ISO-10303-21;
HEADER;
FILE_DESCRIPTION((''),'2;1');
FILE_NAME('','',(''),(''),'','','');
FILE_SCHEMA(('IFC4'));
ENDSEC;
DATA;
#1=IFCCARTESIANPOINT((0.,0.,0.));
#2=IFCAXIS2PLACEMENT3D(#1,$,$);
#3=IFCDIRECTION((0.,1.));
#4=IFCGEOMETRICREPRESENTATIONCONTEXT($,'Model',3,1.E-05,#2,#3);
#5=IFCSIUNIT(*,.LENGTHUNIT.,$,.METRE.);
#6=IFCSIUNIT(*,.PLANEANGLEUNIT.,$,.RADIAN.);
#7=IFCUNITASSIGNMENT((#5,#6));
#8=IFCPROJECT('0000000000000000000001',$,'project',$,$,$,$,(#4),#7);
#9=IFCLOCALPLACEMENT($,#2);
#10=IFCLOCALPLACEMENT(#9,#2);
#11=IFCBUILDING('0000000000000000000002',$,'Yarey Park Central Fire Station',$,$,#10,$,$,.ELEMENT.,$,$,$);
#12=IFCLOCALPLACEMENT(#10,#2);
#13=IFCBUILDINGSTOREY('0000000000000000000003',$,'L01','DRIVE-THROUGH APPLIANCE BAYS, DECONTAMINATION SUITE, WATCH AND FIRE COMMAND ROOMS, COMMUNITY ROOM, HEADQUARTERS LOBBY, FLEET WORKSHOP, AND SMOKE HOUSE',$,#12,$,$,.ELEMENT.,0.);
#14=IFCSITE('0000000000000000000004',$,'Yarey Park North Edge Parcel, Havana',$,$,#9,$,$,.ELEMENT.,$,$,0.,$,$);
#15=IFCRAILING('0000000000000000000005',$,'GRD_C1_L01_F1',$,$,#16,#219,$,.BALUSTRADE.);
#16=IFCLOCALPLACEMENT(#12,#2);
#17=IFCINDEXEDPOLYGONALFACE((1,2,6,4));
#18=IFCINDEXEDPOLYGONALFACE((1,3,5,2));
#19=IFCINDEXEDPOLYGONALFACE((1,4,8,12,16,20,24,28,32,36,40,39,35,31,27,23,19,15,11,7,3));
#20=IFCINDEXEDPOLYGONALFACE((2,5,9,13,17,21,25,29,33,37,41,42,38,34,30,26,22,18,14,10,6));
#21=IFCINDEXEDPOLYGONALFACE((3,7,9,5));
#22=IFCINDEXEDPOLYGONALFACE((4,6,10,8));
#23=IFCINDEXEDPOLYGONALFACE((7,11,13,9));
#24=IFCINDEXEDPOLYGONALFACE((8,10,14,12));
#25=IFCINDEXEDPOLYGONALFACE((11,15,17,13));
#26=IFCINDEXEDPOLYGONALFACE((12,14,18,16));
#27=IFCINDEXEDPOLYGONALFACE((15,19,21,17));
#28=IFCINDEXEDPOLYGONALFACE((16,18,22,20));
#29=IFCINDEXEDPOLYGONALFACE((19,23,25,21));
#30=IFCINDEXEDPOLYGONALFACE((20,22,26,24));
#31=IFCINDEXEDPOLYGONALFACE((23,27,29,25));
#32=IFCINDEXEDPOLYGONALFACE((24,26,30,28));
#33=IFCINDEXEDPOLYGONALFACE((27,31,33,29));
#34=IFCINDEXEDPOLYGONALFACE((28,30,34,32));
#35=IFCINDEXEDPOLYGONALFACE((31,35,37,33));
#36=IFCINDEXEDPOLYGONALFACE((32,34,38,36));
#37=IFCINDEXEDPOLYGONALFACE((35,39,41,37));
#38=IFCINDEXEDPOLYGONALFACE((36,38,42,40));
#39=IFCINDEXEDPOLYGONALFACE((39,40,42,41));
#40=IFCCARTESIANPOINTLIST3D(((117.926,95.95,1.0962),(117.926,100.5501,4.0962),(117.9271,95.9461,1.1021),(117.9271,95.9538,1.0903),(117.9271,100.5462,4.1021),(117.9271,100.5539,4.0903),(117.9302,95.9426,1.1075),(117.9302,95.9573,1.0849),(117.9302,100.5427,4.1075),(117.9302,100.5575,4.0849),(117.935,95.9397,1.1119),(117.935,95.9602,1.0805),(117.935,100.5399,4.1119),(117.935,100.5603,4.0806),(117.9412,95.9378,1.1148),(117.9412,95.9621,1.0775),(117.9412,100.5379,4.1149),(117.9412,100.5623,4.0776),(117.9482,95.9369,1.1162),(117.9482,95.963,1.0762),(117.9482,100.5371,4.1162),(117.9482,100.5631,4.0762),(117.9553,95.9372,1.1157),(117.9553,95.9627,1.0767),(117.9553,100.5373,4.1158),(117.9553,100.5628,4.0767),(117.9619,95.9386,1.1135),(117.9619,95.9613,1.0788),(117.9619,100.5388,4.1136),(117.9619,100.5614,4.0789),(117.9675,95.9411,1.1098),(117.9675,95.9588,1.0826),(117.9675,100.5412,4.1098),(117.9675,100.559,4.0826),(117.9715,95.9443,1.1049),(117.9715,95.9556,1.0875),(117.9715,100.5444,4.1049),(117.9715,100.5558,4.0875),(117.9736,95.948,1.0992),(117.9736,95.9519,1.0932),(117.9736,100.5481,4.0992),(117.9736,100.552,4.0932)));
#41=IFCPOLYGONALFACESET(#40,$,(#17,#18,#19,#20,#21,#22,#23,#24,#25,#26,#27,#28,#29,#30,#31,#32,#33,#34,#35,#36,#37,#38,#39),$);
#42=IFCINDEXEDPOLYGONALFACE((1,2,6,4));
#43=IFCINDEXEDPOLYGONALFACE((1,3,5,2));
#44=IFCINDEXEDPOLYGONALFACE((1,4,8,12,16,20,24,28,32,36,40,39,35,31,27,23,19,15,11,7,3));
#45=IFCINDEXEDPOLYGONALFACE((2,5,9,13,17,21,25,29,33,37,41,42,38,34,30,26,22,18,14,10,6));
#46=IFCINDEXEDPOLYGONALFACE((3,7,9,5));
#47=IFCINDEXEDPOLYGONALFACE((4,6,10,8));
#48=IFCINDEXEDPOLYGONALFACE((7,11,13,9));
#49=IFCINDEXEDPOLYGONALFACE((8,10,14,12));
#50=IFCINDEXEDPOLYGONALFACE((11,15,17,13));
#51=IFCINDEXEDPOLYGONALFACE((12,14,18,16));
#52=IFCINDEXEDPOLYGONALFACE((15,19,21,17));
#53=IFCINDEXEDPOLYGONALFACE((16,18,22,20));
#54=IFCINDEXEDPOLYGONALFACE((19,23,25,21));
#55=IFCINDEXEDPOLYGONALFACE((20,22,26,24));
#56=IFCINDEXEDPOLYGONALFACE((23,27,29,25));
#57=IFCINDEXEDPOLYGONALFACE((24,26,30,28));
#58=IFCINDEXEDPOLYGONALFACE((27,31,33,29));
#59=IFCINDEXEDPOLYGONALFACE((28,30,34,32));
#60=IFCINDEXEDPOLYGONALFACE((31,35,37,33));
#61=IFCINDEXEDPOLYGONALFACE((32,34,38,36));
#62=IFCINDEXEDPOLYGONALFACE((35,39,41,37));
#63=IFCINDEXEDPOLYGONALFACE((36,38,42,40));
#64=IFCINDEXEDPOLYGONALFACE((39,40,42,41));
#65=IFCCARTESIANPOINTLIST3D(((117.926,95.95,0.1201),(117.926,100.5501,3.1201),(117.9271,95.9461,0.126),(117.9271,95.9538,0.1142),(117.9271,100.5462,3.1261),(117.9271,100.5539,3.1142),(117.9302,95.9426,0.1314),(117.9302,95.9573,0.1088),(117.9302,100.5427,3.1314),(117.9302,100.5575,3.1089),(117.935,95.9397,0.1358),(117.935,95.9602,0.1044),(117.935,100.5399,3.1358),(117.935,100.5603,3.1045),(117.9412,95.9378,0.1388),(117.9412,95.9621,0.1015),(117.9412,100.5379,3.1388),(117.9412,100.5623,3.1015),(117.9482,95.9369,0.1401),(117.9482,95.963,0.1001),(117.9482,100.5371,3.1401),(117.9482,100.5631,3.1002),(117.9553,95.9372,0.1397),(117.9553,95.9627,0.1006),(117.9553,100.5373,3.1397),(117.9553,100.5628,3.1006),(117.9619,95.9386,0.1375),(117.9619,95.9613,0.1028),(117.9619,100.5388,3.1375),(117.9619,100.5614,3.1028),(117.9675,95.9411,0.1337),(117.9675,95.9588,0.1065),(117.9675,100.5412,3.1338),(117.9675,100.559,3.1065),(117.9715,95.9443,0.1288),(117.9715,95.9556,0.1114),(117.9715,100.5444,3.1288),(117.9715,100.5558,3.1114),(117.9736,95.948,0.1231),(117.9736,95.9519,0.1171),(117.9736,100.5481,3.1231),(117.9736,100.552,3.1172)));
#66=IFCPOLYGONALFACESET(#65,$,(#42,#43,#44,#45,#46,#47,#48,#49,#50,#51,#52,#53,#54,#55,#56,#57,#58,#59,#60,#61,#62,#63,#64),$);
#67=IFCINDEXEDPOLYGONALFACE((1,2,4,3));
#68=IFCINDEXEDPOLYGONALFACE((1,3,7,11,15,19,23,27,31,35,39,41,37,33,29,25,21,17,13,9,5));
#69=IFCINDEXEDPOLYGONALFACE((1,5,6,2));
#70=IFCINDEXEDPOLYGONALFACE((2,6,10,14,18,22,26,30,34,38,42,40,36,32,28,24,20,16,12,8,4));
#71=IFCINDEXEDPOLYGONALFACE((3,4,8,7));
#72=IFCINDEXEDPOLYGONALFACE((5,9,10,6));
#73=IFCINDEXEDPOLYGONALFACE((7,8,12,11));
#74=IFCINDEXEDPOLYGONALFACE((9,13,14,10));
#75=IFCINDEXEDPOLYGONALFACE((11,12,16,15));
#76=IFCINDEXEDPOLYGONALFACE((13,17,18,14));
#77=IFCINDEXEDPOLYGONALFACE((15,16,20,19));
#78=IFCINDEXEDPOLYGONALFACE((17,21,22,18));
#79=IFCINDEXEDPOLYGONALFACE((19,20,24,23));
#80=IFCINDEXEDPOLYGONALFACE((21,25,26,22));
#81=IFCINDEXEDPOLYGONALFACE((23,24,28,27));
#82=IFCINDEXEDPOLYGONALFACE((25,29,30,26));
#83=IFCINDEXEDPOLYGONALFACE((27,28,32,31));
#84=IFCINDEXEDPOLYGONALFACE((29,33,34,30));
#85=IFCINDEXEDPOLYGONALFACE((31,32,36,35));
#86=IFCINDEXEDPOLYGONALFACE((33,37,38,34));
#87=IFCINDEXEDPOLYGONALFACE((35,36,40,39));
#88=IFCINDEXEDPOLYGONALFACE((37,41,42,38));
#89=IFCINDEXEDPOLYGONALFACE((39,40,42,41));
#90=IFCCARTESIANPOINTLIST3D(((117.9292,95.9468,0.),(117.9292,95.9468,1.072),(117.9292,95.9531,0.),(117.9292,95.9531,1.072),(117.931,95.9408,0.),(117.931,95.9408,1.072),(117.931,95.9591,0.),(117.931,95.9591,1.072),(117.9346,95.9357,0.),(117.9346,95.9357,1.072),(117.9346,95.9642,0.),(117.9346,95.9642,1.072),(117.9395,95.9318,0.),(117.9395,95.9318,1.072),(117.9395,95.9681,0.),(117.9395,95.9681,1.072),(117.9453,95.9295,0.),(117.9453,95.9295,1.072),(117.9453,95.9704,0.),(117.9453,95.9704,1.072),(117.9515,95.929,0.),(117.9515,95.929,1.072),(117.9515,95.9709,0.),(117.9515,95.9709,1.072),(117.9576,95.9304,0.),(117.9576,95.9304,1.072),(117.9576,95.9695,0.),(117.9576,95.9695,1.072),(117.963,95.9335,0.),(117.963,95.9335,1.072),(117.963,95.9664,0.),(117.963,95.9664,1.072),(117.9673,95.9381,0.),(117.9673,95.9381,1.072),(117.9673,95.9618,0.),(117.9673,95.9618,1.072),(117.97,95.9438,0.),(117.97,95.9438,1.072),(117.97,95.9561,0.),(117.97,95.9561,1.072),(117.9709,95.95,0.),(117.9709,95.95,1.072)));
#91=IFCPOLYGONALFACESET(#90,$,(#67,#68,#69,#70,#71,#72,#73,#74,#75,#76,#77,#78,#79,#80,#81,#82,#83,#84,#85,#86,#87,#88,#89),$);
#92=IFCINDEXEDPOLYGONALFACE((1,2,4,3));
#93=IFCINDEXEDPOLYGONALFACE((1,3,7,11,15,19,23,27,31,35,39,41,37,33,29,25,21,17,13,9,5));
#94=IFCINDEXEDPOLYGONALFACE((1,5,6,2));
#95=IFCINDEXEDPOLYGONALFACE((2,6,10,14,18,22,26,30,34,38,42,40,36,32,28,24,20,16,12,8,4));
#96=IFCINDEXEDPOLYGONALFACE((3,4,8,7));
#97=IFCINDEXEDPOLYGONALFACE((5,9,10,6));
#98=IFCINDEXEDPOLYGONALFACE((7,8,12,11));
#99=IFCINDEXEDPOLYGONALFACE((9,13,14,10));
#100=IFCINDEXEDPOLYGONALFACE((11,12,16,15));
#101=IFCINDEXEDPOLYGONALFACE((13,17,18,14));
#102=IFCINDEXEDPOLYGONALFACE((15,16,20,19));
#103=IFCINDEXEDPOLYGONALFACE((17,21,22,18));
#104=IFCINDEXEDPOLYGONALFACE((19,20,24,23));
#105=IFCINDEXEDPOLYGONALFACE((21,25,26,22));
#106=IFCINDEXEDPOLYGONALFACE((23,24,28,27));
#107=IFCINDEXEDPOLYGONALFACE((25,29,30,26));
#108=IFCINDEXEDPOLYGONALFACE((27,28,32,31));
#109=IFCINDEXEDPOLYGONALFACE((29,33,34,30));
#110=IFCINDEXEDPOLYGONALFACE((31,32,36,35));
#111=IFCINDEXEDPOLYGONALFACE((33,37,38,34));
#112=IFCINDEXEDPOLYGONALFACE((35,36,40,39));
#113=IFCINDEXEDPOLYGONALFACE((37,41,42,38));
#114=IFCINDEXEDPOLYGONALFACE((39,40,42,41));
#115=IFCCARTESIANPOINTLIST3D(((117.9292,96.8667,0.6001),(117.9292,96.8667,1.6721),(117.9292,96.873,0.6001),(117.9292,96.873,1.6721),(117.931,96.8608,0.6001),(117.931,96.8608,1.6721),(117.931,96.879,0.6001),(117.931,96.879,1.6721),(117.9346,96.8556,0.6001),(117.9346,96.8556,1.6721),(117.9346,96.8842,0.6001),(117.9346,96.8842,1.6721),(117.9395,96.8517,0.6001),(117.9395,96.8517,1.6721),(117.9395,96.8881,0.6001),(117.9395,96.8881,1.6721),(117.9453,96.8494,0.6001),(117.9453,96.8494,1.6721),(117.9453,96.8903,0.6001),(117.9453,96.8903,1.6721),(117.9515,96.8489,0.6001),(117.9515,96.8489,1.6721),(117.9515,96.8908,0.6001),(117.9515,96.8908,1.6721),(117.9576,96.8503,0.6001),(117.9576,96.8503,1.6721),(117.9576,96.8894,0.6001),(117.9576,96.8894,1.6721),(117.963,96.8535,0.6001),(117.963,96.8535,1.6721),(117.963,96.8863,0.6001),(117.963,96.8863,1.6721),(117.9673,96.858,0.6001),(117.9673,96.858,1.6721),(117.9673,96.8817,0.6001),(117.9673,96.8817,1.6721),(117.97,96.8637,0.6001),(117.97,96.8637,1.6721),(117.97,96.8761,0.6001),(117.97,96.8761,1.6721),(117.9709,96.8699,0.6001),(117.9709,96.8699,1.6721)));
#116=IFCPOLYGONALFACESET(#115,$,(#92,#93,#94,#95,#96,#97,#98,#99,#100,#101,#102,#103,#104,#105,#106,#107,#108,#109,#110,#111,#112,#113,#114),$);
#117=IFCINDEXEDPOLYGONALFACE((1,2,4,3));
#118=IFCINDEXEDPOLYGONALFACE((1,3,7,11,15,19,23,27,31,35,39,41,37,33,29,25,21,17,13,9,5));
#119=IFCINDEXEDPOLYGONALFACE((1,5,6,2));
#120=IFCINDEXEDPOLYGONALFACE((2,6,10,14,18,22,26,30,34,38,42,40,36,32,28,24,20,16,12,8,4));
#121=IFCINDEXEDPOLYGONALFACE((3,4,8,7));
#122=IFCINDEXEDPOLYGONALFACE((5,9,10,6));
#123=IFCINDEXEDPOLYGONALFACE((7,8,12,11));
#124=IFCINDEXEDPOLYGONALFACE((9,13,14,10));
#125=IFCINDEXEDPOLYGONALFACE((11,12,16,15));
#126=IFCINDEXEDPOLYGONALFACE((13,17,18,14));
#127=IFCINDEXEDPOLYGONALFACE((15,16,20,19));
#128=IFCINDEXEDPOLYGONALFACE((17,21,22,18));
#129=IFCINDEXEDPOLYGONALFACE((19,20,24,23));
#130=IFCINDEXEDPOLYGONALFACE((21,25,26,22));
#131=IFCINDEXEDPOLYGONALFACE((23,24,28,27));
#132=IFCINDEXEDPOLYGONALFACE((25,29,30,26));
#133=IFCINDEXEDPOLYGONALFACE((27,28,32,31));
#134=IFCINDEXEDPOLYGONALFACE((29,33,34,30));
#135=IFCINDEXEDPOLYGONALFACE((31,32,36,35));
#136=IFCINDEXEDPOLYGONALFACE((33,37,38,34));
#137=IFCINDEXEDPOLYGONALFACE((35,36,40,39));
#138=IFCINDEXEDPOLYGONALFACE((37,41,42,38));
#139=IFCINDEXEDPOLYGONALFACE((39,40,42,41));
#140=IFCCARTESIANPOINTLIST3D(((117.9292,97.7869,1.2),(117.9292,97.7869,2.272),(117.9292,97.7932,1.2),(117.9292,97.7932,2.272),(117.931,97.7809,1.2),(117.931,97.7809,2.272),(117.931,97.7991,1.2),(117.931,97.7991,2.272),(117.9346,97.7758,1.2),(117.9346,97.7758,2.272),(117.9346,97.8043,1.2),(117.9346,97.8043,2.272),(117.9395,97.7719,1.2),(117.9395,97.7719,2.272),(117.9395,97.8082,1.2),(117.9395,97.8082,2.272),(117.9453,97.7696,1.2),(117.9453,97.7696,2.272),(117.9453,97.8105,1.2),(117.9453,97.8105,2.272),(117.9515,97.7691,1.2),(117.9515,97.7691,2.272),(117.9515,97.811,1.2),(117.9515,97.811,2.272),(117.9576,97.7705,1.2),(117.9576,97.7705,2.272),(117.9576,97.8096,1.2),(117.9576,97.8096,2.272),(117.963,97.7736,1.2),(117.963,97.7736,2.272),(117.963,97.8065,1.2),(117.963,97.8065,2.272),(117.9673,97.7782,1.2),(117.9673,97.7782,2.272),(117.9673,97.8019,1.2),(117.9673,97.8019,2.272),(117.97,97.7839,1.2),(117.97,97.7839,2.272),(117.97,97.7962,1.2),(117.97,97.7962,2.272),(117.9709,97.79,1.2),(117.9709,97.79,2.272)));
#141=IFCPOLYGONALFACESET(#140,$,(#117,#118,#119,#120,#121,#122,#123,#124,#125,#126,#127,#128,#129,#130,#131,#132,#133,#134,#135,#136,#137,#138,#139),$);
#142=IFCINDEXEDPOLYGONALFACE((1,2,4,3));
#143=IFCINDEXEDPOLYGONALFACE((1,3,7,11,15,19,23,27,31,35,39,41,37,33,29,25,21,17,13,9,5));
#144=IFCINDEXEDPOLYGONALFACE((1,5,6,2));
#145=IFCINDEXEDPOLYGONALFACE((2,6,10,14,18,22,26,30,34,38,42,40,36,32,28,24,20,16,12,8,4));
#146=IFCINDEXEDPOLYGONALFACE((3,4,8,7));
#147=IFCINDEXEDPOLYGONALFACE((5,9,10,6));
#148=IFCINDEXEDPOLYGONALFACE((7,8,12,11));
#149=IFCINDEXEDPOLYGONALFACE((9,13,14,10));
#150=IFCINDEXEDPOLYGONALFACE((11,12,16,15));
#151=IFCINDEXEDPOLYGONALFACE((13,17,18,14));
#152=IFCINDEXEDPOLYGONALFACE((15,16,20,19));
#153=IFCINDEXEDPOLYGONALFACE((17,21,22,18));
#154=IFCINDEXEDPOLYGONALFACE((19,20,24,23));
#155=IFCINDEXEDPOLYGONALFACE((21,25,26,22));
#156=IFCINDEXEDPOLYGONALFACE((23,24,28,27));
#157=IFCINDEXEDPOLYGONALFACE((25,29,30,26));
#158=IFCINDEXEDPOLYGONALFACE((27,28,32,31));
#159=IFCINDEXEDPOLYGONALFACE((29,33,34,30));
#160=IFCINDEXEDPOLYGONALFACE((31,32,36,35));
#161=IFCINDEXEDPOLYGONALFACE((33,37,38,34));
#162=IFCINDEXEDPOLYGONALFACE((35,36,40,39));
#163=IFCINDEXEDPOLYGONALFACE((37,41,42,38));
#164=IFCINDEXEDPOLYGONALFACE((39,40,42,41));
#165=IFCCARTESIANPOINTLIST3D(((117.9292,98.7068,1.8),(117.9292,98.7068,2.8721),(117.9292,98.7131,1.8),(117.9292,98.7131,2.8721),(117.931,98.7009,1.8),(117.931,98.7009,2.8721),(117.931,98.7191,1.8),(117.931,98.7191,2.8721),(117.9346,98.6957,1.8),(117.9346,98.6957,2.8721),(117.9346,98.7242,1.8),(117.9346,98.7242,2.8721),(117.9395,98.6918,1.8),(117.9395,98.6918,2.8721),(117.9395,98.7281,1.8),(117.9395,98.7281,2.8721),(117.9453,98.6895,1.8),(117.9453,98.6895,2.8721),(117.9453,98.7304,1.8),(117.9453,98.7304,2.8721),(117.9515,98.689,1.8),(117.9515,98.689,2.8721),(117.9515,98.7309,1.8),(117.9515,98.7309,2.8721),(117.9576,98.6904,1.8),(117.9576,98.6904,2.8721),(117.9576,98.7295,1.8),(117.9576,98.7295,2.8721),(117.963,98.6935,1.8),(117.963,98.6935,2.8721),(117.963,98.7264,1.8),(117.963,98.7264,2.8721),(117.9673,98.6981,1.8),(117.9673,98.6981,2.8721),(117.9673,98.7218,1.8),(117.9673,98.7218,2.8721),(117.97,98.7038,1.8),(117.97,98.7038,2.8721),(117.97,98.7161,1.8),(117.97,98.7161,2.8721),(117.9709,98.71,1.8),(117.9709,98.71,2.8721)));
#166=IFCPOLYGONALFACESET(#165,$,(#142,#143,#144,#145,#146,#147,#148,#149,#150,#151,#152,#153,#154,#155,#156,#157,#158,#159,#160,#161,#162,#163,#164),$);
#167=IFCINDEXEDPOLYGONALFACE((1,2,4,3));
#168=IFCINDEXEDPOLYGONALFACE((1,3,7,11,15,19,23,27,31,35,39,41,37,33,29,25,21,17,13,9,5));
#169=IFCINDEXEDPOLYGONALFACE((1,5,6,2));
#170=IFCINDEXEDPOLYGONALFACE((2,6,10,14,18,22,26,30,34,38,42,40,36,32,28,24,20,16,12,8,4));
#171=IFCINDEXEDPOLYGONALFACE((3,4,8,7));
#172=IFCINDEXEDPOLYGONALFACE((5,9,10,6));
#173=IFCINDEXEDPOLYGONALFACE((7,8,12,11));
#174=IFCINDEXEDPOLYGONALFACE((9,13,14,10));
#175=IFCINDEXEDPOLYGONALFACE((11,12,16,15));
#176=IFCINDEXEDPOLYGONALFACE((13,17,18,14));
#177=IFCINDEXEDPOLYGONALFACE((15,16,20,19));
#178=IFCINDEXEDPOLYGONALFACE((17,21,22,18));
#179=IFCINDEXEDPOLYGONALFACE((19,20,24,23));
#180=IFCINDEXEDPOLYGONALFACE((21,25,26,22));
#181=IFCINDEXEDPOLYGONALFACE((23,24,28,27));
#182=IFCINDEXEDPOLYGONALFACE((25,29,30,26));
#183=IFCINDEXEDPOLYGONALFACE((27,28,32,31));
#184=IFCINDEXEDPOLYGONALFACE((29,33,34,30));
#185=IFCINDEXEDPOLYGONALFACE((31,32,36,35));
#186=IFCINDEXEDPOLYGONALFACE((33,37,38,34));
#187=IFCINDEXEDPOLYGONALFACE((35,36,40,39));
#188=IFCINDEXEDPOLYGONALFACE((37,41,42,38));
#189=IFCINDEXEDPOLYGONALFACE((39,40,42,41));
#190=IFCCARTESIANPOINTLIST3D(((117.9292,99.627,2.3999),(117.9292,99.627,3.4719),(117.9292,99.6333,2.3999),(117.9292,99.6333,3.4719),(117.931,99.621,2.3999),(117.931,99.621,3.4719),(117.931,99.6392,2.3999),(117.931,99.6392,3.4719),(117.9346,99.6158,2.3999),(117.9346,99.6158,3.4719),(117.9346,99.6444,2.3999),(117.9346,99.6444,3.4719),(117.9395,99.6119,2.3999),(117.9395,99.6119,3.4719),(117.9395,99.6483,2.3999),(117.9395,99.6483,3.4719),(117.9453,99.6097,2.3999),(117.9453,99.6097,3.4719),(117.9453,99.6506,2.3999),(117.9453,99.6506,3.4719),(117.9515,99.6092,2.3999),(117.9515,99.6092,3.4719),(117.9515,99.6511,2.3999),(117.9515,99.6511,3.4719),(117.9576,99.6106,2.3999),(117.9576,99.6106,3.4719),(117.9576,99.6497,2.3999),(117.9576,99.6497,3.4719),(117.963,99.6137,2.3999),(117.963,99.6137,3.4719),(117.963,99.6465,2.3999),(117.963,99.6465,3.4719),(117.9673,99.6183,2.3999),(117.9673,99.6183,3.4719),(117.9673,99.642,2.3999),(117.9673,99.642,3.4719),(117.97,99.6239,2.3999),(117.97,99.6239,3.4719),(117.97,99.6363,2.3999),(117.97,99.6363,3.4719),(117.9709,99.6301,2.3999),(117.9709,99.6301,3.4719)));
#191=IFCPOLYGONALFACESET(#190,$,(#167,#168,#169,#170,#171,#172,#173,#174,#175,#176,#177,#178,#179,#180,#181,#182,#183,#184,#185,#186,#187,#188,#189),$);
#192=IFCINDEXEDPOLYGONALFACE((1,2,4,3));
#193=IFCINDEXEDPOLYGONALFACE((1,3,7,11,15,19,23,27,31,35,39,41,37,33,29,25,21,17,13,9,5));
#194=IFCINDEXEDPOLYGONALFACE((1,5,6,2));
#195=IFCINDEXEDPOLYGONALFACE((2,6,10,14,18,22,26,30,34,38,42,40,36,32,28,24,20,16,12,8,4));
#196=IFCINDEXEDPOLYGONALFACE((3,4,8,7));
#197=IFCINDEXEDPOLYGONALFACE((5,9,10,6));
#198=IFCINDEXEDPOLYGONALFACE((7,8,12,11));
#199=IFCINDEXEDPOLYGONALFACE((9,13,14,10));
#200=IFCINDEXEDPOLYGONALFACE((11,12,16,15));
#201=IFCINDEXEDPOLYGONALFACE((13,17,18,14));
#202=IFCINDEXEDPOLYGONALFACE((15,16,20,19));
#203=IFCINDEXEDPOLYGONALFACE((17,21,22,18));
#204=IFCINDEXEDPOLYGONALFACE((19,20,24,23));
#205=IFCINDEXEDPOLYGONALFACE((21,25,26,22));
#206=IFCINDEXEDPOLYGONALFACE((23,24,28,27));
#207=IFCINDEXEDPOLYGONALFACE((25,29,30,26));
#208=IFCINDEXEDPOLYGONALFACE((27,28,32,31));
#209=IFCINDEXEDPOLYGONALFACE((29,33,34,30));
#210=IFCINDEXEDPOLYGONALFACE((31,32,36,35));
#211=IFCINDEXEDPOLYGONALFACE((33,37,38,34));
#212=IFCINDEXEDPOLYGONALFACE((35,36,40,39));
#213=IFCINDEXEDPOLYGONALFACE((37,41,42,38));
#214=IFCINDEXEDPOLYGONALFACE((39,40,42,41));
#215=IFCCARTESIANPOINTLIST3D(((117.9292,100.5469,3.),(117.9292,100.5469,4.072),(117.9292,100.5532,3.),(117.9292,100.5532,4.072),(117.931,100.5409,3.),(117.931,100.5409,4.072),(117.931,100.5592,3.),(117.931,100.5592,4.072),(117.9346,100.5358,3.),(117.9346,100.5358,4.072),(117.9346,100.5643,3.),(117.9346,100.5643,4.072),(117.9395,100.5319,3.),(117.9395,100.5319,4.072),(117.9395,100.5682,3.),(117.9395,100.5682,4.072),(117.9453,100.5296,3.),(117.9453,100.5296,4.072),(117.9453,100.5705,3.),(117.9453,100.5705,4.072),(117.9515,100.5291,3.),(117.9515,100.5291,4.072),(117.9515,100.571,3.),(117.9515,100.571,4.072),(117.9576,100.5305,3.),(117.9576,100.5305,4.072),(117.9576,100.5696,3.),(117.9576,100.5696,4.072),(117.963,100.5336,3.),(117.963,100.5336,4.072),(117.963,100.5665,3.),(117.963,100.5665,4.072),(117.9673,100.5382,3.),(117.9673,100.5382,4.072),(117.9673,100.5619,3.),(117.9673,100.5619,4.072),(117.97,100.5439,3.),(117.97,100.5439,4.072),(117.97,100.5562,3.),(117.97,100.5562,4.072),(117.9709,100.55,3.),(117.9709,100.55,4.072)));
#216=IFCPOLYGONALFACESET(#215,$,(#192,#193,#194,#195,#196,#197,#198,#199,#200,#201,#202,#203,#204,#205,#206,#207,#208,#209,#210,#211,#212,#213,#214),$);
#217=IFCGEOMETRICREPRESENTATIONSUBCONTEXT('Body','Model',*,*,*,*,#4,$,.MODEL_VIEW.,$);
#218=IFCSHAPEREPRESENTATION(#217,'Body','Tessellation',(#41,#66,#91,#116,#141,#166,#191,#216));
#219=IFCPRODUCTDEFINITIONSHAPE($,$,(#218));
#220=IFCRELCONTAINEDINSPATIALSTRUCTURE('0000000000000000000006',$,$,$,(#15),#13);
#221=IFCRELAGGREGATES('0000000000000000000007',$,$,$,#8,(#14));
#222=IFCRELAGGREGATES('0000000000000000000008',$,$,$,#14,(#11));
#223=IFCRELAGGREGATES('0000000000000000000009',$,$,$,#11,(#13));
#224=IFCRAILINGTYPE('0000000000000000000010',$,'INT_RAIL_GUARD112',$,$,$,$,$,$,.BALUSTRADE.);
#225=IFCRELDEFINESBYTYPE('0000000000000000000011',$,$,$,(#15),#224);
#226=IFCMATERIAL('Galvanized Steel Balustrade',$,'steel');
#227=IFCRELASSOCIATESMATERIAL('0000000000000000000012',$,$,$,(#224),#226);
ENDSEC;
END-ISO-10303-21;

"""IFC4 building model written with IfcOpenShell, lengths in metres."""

from ifc_helpers import new_model, si_unit, direction, frame, origin, origin_2d, place, context, subcontext, project, spatial, circle, extrude, material, type_object, element, save


model = new_model("IFC4")

# Units and contexts
model_context = context("Model", 3, precision=1e-05, world=origin(), true_north=direction((0.0, 1.0)))
body_context = subcontext(model_context, "Body", "Model", "MODEL_VIEW")
ifc_project = project(units=[si_unit("LENGTHUNIT", "METRE"), si_unit("PLANEANGLEUNIT", "RADIAN")], contexts=[model_context])

# Site, building, storey
site_placement = place(None, origin())
site = spatial("IfcSite", under=ifc_project, at=site_placement, Name="Yarey Park North Edge Parcel, Havana", CompositionType="ELEMENT", RefElevation=0.0)
building_placement = place(site_placement, origin())
building = spatial("IfcBuilding", under=site, at=building_placement, Name="Yarey Park Central Fire Station", CompositionType="ELEMENT")
storey_placement = place(building_placement, origin())
storey = spatial("IfcBuildingStorey", under=building, at=storey_placement, Name="L01", Description="DRIVE-THROUGH APPLIANCE BAYS, DECONTAMINATION SUITE, WATCH AND FIRE COMMAND ROOMS, COMMUNITY ROOM, HEADQUARTERS LOBBY, FLEET WORKSHOP, AND SMOKE HOUSE", CompositionType="ELEMENT", Elevation=0.0)

# Railing
ifc_material_1 = material(Name="Galvanized Steel Balustrade", Category="steel")
railing_type_1 = type_object("IfcRailingType", Name="INT_RAIL_GUARD112", PredefinedType="BALUSTRADE", material=ifc_material_1)
railing_1_placement = place(storey_placement, frame((117.95, 95.95, 0.0)))
element("IfcRailing", 1, at=railing_1_placement, inside=storey, type_object=railing_type_1, Name="GRD_C1_L01_F1", PredefinedType="BALUSTRADE", context=body_context, shape_type="SweptSolid", body=[
    extrude(circle(Radius=0.0239, at=origin_2d()), frame((0.0, 0.0, 1.0962), z_axis=(0.0, 0.837616, 0.54626), x_axis=(-1.0, 0.0, 0.0)), (0.0, 0.0, 1.0), 5.4919),
    extrude(circle(Radius=0.0239, at=origin_2d()), frame((0.0, 0.0, 0.1201), z_axis=(0.0, 0.837616, 0.54626), x_axis=(-1.0, 0.0, 0.0)), (0.0, 0.0, 1.0), 5.4919),
    extrude(circle(Radius=0.021, at=origin_2d()), origin(), (0.0, 0.0, 1.0), 1.072),
    extrude(circle(Radius=0.021, at=origin_2d()), frame((0.0, 0.9199, 0.6001)), (0.0, 0.0, 1.0), 1.072),
    extrude(circle(Radius=0.021, at=origin_2d()), frame((0.0, 1.8401, 1.2)), (0.0, 0.0, 1.0), 1.072),
    extrude(circle(Radius=0.021, at=origin_2d()), frame((0.0, 2.76, 1.8)), (0.0, 0.0, 1.0), 1.072),
    extrude(circle(Radius=0.021, at=origin_2d()), frame((0.0, 3.6802, 2.3999)), (0.0, 0.0, 1.0), 1.072),
    extrude(circle(Radius=0.021, at=origin_2d()), frame((0.0, 4.6001, 3.0)), (0.0, 0.0, 1.0), 1.072),
])

save(model, "model.ifc")
